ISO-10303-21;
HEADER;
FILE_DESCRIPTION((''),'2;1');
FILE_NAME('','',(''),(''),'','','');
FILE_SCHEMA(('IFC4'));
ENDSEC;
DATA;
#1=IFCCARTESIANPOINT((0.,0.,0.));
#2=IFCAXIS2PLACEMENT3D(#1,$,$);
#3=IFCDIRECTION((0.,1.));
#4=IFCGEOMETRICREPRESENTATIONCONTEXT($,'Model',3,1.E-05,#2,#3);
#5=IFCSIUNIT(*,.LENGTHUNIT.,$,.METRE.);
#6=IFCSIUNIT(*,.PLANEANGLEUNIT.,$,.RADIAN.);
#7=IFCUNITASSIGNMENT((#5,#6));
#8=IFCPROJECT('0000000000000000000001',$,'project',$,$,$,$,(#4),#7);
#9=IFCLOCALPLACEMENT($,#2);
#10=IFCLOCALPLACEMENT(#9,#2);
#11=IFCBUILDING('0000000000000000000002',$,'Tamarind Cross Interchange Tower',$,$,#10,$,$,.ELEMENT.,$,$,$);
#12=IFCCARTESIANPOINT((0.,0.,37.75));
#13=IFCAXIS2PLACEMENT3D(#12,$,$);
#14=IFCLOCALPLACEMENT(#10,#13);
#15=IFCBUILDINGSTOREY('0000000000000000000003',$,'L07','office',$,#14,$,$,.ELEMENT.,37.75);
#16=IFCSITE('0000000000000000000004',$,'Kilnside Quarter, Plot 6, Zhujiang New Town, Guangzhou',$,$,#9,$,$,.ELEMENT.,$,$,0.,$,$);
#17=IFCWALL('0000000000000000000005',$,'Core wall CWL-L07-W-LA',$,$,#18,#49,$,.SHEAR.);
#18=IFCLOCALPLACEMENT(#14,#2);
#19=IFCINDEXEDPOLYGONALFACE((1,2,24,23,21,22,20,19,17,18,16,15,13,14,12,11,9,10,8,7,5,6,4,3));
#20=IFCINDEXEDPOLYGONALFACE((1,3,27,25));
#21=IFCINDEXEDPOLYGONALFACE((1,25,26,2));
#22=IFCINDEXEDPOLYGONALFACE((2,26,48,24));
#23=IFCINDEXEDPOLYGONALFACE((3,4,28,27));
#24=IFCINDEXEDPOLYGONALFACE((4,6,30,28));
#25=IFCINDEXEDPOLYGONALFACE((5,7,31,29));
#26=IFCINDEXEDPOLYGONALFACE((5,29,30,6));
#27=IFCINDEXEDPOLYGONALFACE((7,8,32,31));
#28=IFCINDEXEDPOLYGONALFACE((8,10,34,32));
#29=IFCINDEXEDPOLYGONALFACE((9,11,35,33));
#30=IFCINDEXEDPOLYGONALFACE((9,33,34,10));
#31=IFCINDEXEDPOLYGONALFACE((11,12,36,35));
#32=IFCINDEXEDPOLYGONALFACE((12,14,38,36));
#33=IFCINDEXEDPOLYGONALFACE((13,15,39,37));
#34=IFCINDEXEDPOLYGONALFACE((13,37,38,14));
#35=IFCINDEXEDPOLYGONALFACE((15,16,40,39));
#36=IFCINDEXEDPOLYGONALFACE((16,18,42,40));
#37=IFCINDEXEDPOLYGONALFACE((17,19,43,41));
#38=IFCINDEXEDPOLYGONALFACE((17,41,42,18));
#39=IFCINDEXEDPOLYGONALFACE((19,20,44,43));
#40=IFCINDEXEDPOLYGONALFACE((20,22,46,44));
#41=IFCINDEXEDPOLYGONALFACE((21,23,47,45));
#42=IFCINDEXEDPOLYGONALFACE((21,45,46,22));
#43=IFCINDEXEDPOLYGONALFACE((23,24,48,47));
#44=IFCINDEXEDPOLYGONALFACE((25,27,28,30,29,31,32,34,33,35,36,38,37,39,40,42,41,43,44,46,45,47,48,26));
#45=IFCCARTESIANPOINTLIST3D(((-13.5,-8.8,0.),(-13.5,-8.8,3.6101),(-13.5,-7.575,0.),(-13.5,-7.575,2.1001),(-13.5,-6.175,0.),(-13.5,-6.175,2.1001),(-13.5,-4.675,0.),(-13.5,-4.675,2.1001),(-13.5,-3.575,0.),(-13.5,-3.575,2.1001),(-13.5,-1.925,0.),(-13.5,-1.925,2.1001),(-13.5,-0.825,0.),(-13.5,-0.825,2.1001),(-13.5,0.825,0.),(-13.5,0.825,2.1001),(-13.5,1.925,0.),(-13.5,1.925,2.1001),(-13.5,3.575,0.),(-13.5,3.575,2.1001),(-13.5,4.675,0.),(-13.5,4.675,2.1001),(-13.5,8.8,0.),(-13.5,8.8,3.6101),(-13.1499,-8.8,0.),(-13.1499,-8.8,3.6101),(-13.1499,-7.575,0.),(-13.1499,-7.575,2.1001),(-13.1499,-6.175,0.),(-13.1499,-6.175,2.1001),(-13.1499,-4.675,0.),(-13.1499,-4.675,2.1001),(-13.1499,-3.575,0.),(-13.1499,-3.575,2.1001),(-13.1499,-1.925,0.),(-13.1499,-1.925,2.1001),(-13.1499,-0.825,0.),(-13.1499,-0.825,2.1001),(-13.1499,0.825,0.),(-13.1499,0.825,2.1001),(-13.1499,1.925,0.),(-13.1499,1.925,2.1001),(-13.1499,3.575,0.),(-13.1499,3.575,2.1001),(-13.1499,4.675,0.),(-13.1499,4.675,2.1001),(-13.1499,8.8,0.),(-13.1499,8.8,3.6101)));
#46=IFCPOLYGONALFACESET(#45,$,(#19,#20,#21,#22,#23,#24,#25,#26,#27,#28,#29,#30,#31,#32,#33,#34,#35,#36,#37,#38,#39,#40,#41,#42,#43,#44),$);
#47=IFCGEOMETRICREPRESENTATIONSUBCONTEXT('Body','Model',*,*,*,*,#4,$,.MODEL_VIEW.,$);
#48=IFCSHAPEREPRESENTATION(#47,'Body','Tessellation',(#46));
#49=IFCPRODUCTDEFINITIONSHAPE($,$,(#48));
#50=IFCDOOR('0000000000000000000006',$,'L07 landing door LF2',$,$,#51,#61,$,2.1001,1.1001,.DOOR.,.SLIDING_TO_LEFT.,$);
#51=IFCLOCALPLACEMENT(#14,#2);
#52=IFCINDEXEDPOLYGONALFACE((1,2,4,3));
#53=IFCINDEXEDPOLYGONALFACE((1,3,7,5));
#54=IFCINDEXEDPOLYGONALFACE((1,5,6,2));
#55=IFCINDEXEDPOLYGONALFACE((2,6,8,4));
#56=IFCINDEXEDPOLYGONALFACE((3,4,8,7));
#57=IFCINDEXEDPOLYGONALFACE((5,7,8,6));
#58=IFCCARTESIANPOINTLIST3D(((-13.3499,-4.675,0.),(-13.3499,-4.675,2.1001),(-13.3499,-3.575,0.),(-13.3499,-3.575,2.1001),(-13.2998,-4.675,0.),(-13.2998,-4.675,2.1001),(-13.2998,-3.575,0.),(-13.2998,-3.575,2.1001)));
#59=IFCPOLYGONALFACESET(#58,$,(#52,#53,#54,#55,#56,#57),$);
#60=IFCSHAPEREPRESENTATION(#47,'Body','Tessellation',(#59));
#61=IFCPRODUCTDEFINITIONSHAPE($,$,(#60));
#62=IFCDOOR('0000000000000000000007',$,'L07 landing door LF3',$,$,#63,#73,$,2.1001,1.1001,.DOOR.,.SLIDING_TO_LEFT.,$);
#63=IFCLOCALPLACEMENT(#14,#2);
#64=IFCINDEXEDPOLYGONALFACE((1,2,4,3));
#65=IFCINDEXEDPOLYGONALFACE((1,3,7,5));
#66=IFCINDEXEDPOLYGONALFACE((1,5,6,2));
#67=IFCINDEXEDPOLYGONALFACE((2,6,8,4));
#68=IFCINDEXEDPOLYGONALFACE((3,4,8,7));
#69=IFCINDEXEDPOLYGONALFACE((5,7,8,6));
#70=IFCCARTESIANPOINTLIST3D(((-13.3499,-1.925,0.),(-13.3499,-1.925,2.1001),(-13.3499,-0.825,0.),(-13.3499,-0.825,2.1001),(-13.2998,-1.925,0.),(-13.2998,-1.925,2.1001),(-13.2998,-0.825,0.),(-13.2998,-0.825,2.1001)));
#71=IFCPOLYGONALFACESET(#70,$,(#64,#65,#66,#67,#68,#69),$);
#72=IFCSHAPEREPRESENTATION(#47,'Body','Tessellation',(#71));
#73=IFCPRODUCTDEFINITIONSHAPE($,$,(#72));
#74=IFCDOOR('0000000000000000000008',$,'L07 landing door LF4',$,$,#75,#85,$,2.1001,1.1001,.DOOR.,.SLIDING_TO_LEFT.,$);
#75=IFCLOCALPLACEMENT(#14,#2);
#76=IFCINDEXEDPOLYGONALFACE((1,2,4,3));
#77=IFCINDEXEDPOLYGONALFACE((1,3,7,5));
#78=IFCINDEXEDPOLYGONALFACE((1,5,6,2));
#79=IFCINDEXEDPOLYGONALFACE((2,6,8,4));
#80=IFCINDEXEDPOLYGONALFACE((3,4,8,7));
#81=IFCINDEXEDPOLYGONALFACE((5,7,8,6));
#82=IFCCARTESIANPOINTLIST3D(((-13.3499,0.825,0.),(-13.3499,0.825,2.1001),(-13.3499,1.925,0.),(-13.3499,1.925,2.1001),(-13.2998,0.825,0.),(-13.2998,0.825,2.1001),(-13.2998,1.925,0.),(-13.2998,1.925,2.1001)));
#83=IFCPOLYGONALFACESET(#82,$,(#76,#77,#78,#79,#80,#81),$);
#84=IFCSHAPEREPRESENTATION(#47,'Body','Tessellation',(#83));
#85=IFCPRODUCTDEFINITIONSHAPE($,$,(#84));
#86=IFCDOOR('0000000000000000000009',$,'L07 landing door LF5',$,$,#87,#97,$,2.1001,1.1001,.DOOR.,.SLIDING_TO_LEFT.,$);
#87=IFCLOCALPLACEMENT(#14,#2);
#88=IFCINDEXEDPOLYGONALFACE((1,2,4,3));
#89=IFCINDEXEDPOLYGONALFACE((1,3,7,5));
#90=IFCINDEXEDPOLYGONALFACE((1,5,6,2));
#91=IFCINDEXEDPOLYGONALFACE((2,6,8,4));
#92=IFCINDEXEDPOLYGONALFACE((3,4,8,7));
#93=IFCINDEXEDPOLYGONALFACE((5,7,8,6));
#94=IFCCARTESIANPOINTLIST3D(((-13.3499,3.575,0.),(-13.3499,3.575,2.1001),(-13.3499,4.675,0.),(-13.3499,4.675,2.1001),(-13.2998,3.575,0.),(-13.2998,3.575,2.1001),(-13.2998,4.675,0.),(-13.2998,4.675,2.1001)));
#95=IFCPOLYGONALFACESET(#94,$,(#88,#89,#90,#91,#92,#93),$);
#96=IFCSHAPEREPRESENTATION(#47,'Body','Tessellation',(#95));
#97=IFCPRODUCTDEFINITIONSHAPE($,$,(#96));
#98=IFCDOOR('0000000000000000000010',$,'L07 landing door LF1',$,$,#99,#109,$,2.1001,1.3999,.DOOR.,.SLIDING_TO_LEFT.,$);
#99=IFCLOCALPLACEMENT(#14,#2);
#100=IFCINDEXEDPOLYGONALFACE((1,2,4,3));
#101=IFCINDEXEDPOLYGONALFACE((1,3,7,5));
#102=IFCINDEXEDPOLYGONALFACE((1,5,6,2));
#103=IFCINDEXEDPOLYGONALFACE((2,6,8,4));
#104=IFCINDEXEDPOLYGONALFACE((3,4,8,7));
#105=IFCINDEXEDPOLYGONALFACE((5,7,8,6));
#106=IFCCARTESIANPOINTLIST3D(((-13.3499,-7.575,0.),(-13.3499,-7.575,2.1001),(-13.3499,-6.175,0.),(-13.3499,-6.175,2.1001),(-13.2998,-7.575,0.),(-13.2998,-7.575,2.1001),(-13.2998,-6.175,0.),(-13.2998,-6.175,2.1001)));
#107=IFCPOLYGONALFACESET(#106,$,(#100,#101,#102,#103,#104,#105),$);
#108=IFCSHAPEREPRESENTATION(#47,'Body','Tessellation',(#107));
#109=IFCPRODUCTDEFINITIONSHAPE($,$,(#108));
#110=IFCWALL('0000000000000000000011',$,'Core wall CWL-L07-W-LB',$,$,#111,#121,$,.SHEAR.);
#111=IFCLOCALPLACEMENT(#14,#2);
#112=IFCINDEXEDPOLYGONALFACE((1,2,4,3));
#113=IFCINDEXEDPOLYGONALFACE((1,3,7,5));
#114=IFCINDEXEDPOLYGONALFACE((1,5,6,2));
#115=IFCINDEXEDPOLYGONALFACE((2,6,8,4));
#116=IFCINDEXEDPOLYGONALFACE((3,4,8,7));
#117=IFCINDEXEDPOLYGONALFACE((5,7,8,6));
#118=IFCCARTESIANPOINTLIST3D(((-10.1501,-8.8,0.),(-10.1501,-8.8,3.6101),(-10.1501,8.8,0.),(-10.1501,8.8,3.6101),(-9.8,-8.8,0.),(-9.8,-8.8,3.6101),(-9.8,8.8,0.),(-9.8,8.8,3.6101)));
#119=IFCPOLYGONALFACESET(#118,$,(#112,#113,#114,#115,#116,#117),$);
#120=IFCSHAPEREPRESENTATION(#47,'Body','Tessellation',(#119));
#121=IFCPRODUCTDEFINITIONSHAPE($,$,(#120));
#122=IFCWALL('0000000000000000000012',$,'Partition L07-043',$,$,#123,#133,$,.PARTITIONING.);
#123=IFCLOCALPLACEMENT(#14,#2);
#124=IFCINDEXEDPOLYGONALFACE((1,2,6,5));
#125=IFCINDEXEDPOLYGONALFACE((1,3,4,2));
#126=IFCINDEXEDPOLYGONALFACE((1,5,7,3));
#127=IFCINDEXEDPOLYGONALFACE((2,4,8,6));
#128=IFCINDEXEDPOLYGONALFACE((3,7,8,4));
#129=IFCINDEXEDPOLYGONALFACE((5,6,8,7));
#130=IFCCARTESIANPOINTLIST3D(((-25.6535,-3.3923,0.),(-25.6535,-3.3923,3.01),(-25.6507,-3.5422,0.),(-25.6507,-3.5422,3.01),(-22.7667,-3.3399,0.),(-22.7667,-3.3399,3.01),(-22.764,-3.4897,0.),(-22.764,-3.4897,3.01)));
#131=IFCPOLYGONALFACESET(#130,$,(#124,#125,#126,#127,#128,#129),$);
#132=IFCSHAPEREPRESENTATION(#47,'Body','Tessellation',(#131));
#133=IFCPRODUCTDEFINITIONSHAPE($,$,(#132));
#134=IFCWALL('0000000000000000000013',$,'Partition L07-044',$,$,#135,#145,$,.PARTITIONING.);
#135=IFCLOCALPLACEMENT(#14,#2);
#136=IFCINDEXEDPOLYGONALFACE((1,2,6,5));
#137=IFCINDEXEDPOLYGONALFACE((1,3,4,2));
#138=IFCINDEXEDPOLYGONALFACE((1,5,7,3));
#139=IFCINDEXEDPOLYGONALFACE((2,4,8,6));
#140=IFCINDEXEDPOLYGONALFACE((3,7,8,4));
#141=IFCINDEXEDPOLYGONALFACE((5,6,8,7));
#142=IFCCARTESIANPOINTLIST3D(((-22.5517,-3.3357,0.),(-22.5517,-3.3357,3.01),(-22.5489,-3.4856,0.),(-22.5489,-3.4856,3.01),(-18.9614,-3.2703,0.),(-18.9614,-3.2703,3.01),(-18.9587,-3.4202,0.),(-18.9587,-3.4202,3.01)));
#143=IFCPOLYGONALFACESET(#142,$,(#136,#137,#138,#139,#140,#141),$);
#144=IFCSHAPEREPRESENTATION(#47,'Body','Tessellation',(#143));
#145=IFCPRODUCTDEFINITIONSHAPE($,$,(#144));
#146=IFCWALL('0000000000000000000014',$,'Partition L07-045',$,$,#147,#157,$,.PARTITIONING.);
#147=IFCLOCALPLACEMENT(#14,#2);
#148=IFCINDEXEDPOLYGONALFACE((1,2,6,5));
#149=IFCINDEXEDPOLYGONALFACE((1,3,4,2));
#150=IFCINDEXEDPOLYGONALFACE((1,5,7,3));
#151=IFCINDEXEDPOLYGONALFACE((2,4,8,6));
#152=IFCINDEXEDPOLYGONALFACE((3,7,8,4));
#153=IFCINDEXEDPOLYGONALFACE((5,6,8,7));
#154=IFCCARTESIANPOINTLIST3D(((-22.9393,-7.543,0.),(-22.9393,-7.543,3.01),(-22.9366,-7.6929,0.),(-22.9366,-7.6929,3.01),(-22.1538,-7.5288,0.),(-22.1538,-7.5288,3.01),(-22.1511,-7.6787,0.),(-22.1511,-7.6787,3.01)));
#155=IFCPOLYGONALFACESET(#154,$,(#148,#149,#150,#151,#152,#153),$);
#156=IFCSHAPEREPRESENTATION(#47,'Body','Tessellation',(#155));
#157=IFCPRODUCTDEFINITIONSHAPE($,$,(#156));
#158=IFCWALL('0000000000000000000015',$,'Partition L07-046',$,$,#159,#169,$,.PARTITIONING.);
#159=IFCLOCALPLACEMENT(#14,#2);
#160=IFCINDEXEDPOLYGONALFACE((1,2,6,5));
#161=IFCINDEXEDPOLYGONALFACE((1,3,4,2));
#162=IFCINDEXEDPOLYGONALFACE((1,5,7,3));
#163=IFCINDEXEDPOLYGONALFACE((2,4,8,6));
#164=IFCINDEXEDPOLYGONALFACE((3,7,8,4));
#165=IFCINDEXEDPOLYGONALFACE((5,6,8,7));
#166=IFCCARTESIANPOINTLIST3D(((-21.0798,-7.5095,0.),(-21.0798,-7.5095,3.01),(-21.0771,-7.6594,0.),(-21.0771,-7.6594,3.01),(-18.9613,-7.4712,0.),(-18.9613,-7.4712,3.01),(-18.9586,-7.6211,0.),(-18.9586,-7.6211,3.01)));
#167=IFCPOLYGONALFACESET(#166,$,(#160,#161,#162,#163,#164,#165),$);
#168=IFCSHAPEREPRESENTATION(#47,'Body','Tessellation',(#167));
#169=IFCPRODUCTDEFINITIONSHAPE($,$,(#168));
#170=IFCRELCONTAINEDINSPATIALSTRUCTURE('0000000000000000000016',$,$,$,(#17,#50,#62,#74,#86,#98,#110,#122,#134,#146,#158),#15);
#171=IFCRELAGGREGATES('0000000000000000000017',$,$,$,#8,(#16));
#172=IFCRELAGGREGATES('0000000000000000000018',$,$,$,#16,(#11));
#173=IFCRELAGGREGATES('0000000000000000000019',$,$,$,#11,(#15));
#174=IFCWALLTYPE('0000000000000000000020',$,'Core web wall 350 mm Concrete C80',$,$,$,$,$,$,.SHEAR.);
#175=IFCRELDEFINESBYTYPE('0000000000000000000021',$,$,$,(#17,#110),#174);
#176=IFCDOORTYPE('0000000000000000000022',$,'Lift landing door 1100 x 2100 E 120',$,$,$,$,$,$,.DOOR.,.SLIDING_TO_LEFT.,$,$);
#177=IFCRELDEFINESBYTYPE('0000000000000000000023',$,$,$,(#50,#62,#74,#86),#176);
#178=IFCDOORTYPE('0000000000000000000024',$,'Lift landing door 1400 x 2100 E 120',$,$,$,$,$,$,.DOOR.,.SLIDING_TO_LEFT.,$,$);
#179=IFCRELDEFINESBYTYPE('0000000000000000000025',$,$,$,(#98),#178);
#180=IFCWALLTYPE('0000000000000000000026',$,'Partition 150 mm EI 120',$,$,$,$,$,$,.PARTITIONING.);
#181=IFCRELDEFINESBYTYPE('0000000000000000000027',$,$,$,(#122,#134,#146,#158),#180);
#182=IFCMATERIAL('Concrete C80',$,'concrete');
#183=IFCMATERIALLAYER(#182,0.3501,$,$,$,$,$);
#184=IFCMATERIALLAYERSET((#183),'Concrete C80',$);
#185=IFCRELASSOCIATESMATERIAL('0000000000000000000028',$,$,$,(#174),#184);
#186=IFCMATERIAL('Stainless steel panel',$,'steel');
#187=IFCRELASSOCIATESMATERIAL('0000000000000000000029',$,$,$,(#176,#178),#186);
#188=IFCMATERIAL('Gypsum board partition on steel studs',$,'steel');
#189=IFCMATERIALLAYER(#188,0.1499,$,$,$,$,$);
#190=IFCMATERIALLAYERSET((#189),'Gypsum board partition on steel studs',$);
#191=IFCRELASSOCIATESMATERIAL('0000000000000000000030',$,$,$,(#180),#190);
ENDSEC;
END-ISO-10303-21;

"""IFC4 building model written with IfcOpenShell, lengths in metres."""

from ifc_helpers import new_model, si_unit, direction, frame, frame_2d, origin, place, context, subcontext, project, spatial, rectangle, extrude, material, layer, layer_set, type_object, element, fill, save


model = new_model("IFC4")

# Units and contexts
model_context = context("Model", 3, precision=1e-05, world=origin(), true_north=direction((0.0, 1.0)))
body_context = subcontext(model_context, "Body", "Model", "MODEL_VIEW")
ifc_project = project(units=[si_unit("LENGTHUNIT", "METRE"), si_unit("PLANEANGLEUNIT", "RADIAN")], contexts=[model_context])

# Site, building, storey
site_placement = place(None, origin())
site = spatial("IfcSite", under=ifc_project, at=site_placement, Name="Kilnside Quarter, Plot 6, Zhujiang New Town, Guangzhou", CompositionType="ELEMENT", RefElevation=0.0)
building_placement = place(site_placement, origin())
building = spatial("IfcBuilding", under=site, at=building_placement, Name="Tamarind Cross Interchange Tower", CompositionType="ELEMENT")
storey_placement = place(building_placement, frame((0.0, 0.0, 37.75)))
storey = spatial("IfcBuildingStorey", under=building, at=storey_placement, Name="L07", Description="office", CompositionType="ELEMENT", Elevation=37.75)

# Wall, openings, doors
ifc_material_1 = material(Name="Concrete C80", Category="concrete")
ifc_layer_1 = layer(ifc_material_1, 0.3501)
ifc_layer_set_1 = layer_set([ifc_layer_1], Name="Concrete C80")
wall_type_1 = type_object("IfcWallType", Name="Core web wall 350 mm Concrete C80", PredefinedType="SHEAR", material=ifc_layer_set_1)
wall_1_placement = place(storey_placement, frame((-13.325, -8.8, 0.0), z_axis=(0.0, 0.0, 1.0), x_axis=(0.0, 1.0, 0.0)))
wall_1 = element("IfcWall", 1, at=wall_1_placement, inside=storey, type_object=wall_type_1, Name="Core wall CWL-L07-W-LA", PredefinedType="SHEAR", context=body_context, shape_type="SweptSolid", body=[
    extrude(rectangle(XDim=17.6001, YDim=0.3501, at=frame_2d((8.8, 0.0))), origin(), (0.0, 0.0, 1.0), 3.6101),
])
opening_1_placement = place(wall_1_placement, frame((1.2251, 0.0, 0.0)))
opening_1 = element("IfcOpeningElement", 2, at=opening_1_placement, cuts=wall_1, PredefinedType="OPENING", context=body_context, shape_type="SweptSolid", body=[
    extrude(rectangle(XDim=1.3999, YDim=2.1001, at=frame_2d((0.7, 1.05))), frame((0.0, 0.1851, 0.0), z_axis=(0.0, -1.0, 0.0), x_axis=(1.0, 0.0, 0.0)), (0.0, 0.0, 1.0), 0.3701),
])
opening_2_placement = place(wall_1_placement, frame((4.125, 0.0, 0.0)))
opening_2 = element("IfcOpeningElement", 3, at=opening_2_placement, cuts=wall_1, PredefinedType="OPENING", context=body_context, shape_type="SweptSolid", body=[
    extrude(rectangle(XDim=1.1001, YDim=2.1001, at=frame_2d((0.55, 1.05))), frame((0.0, 0.1851, 0.0), z_axis=(0.0, -1.0, 0.0), x_axis=(1.0, 0.0, 0.0)), (0.0, 0.0, 1.0), 0.3701),
])
opening_3_placement = place(wall_1_placement, frame((6.875, 0.0, 0.0)))
opening_3 = element("IfcOpeningElement", 4, at=opening_3_placement, cuts=wall_1, PredefinedType="OPENING", context=body_context, shape_type="SweptSolid", body=[
    extrude(rectangle(XDim=1.1001, YDim=2.1001, at=frame_2d((0.55, 1.05))), frame((0.0, 0.1851, 0.0), z_axis=(0.0, -1.0, 0.0), x_axis=(1.0, 0.0, 0.0)), (0.0, 0.0, 1.0), 0.3701),
])
opening_4_placement = place(wall_1_placement, frame((9.625, 0.0, 0.0)))
opening_4 = element("IfcOpeningElement", 5, at=opening_4_placement, cuts=wall_1, PredefinedType="OPENING", context=body_context, shape_type="SweptSolid", body=[
    extrude(rectangle(XDim=1.1001, YDim=2.1001, at=frame_2d((0.55, 1.05))), frame((0.0, 0.1851, 0.0), z_axis=(0.0, -1.0, 0.0), x_axis=(1.0, 0.0, 0.0)), (0.0, 0.0, 1.0), 0.3701),
])
opening_5_placement = place(wall_1_placement, frame((12.375, 0.0, 0.0)))
opening_5 = element("IfcOpeningElement", 6, at=opening_5_placement, cuts=wall_1, PredefinedType="OPENING", context=body_context, shape_type="SweptSolid", body=[
    extrude(rectangle(XDim=1.1001, YDim=2.1001, at=frame_2d((0.55, 1.05))), frame((0.0, 0.1851, 0.0), z_axis=(0.0, -1.0, 0.0), x_axis=(1.0, 0.0, 0.0)), (0.0, 0.0, 1.0), 0.3701),
])
ifc_material_2 = material(Name="Stainless steel panel", Category="steel")
door_type_1 = type_object("IfcDoorType", Name="Lift landing door 1100 x 2100 E 120", OperationType="SLIDING_TO_LEFT", PredefinedType="DOOR", material=ifc_material_2)
door_1_placement = place(opening_2_placement, origin())
door_1 = element("IfcDoor", 7, at=door_1_placement, inside=storey, type_object=door_type_1, Name="L07 landing door LF2", OperationType="SLIDING_TO_LEFT", OverallHeight=2.1001, OverallWidth=1.1001, PredefinedType="DOOR", context=body_context, shape_type="SweptSolid", body=[
    extrude(rectangle(XDim=1.1001, YDim=2.1001, at=frame_2d((0.55, 1.05))), frame((0.0, 0.0249, 0.0), z_axis=(0.0, -1.0, 0.0), x_axis=(1.0, 0.0, 0.0)), (0.0, 0.0, 1.0), 0.05),
])
fill(opening_2, door_1)
door_2_placement = place(opening_3_placement, origin())
door_2 = element("IfcDoor", 8, at=door_2_placement, inside=storey, type_object=door_type_1, Name="L07 landing door LF3", OperationType="SLIDING_TO_LEFT", OverallHeight=2.1001, OverallWidth=1.1001, PredefinedType="DOOR", context=body_context, shape_type="SweptSolid", body=[
    extrude(rectangle(XDim=1.1001, YDim=2.1001, at=frame_2d((0.55, 1.05))), frame((0.0, 0.0249, 0.0), z_axis=(0.0, -1.0, 0.0), x_axis=(1.0, 0.0, 0.0)), (0.0, 0.0, 1.0), 0.05),
])
fill(opening_3, door_2)
door_3_placement = place(opening_4_placement, origin())
door_3 = element("IfcDoor", 9, at=door_3_placement, inside=storey, type_object=door_type_1, Name="L07 landing door LF4", OperationType="SLIDING_TO_LEFT", OverallHeight=2.1001, OverallWidth=1.1001, PredefinedType="DOOR", context=body_context, shape_type="SweptSolid", body=[
    extrude(rectangle(XDim=1.1001, YDim=2.1001, at=frame_2d((0.55, 1.05))), frame((0.0, 0.0249, 0.0), z_axis=(0.0, -1.0, 0.0), x_axis=(1.0, 0.0, 0.0)), (0.0, 0.0, 1.0), 0.05),
])
fill(opening_4, door_3)
door_4_placement = place(opening_5_placement, origin())
door_4 = element("IfcDoor", 10, at=door_4_placement, inside=storey, type_object=door_type_1, Name="L07 landing door LF5", OperationType="SLIDING_TO_LEFT", OverallHeight=2.1001, OverallWidth=1.1001, PredefinedType="DOOR", context=body_context, shape_type="SweptSolid", body=[
    extrude(rectangle(XDim=1.1001, YDim=2.1001, at=frame_2d((0.55, 1.05))), frame((0.0, 0.0249, 0.0), z_axis=(0.0, -1.0, 0.0), x_axis=(1.0, 0.0, 0.0)), (0.0, 0.0, 1.0), 0.05),
])
fill(opening_5, door_4)
door_type_2 = type_object("IfcDoorType", Name="Lift landing door 1400 x 2100 E 120", OperationType="SLIDING_TO_LEFT", PredefinedType="DOOR", material=ifc_material_2)
door_5_placement = place(opening_1_placement, origin())
door_5 = element("IfcDoor", 11, at=door_5_placement, inside=storey, type_object=door_type_2, Name="L07 landing door LF1", OperationType="SLIDING_TO_LEFT", OverallHeight=2.1001, OverallWidth=1.3999, PredefinedType="DOOR", context=body_context, shape_type="SweptSolid", body=[
    extrude(rectangle(XDim=1.3999, YDim=2.1001, at=frame_2d((0.7, 1.05))), frame((0.0, 0.0249, 0.0), z_axis=(0.0, -1.0, 0.0), x_axis=(1.0, 0.0, 0.0)), (0.0, 0.0, 1.0), 0.05),
])
fill(opening_1, door_5)

# Walls
wall_2_placement = place(storey_placement, frame((-9.9751, -8.8, 0.0), z_axis=(0.0, 0.0, 1.0), x_axis=(0.0, 1.0, 0.0)))
element("IfcWall", 12, at=wall_2_placement, inside=storey, type_object=wall_type_1, Name="Core wall CWL-L07-W-LB", PredefinedType="SHEAR", context=body_context, shape_type="SweptSolid", body=[
    extrude(rectangle(XDim=17.6001, YDim=0.3501, at=frame_2d((8.8, 0.0))), origin(), (0.0, 0.0, 1.0), 3.6101),
])
ifc_material_3 = material(Name="Gypsum board partition on steel studs", Category="steel")
ifc_layer_2 = layer(ifc_material_3, 0.1499)
ifc_layer_set_2 = layer_set([ifc_layer_2], Name="Gypsum board partition on steel studs")
wall_type_2 = type_object("IfcWallType", Name="Partition 150 mm EI 120", PredefinedType="PARTITIONING", material=ifc_layer_set_2)
wall_3_placement = place(storey_placement, frame((-25.6521, -3.4673, 0.0), z_axis=(0.0, 0.0, 1.0), x_axis=(0.999835, 0.01818, 0.0)))
element("IfcWall", 13, at=wall_3_placement, inside=storey, type_object=wall_type_2, Name="Partition L07-043", PredefinedType="PARTITIONING", context=body_context, shape_type="SweptSolid", body=[
    extrude(rectangle(XDim=2.8872, YDim=0.1499, at=frame_2d((1.4436, 0.0))), origin(), (0.0, 0.0, 1.0), 3.01),
])
wall_4_placement = place(storey_placement, frame((-22.5503, -3.4106, 0.0), z_axis=(0.0, 0.0, 1.0), x_axis=(0.999834, 0.018221, 0.0)))
element("IfcWall", 14, at=wall_4_placement, inside=storey, type_object=wall_type_2, Name="Partition L07-044", PredefinedType="PARTITIONING", context=body_context, shape_type="SweptSolid", body=[
    extrude(rectangle(XDim=3.5908, YDim=0.1499, at=frame_2d((1.7954, 0.0))), origin(), (0.0, 0.0, 1.0), 3.01),
])
wall_5_placement = place(storey_placement, frame((-22.938, -7.6179, 0.0), z_axis=(0.0, 0.0, 1.0), x_axis=(0.999838, 0.018026, 0.0)))
element("IfcWall", 15, at=wall_5_placement, inside=storey, type_object=wall_type_2, Name="Partition L07-045", PredefinedType="PARTITIONING", context=body_context, shape_type="SweptSolid", body=[
    extrude(rectangle(XDim=0.7856, YDim=0.1499, at=frame_2d((0.3928, 0.0))), origin(), (0.0, 0.0, 1.0), 3.01),
])
wall_6_placement = place(storey_placement, frame((-21.0786, -7.5845, 0.0), z_axis=(0.0, 0.0, 1.0), x_axis=(0.999836, 0.018089, 0.0)))
element("IfcWall", 16, at=wall_6_placement, inside=storey, type_object=wall_type_2, Name="Partition L07-046", PredefinedType="PARTITIONING", context=body_context, shape_type="SweptSolid", body=[
    extrude(rectangle(XDim=2.1189, YDim=0.1499, at=frame_2d((1.0596, 0.0))), origin(), (0.0, 0.0, 1.0), 3.01),
])

save(model, "model.ifc")
